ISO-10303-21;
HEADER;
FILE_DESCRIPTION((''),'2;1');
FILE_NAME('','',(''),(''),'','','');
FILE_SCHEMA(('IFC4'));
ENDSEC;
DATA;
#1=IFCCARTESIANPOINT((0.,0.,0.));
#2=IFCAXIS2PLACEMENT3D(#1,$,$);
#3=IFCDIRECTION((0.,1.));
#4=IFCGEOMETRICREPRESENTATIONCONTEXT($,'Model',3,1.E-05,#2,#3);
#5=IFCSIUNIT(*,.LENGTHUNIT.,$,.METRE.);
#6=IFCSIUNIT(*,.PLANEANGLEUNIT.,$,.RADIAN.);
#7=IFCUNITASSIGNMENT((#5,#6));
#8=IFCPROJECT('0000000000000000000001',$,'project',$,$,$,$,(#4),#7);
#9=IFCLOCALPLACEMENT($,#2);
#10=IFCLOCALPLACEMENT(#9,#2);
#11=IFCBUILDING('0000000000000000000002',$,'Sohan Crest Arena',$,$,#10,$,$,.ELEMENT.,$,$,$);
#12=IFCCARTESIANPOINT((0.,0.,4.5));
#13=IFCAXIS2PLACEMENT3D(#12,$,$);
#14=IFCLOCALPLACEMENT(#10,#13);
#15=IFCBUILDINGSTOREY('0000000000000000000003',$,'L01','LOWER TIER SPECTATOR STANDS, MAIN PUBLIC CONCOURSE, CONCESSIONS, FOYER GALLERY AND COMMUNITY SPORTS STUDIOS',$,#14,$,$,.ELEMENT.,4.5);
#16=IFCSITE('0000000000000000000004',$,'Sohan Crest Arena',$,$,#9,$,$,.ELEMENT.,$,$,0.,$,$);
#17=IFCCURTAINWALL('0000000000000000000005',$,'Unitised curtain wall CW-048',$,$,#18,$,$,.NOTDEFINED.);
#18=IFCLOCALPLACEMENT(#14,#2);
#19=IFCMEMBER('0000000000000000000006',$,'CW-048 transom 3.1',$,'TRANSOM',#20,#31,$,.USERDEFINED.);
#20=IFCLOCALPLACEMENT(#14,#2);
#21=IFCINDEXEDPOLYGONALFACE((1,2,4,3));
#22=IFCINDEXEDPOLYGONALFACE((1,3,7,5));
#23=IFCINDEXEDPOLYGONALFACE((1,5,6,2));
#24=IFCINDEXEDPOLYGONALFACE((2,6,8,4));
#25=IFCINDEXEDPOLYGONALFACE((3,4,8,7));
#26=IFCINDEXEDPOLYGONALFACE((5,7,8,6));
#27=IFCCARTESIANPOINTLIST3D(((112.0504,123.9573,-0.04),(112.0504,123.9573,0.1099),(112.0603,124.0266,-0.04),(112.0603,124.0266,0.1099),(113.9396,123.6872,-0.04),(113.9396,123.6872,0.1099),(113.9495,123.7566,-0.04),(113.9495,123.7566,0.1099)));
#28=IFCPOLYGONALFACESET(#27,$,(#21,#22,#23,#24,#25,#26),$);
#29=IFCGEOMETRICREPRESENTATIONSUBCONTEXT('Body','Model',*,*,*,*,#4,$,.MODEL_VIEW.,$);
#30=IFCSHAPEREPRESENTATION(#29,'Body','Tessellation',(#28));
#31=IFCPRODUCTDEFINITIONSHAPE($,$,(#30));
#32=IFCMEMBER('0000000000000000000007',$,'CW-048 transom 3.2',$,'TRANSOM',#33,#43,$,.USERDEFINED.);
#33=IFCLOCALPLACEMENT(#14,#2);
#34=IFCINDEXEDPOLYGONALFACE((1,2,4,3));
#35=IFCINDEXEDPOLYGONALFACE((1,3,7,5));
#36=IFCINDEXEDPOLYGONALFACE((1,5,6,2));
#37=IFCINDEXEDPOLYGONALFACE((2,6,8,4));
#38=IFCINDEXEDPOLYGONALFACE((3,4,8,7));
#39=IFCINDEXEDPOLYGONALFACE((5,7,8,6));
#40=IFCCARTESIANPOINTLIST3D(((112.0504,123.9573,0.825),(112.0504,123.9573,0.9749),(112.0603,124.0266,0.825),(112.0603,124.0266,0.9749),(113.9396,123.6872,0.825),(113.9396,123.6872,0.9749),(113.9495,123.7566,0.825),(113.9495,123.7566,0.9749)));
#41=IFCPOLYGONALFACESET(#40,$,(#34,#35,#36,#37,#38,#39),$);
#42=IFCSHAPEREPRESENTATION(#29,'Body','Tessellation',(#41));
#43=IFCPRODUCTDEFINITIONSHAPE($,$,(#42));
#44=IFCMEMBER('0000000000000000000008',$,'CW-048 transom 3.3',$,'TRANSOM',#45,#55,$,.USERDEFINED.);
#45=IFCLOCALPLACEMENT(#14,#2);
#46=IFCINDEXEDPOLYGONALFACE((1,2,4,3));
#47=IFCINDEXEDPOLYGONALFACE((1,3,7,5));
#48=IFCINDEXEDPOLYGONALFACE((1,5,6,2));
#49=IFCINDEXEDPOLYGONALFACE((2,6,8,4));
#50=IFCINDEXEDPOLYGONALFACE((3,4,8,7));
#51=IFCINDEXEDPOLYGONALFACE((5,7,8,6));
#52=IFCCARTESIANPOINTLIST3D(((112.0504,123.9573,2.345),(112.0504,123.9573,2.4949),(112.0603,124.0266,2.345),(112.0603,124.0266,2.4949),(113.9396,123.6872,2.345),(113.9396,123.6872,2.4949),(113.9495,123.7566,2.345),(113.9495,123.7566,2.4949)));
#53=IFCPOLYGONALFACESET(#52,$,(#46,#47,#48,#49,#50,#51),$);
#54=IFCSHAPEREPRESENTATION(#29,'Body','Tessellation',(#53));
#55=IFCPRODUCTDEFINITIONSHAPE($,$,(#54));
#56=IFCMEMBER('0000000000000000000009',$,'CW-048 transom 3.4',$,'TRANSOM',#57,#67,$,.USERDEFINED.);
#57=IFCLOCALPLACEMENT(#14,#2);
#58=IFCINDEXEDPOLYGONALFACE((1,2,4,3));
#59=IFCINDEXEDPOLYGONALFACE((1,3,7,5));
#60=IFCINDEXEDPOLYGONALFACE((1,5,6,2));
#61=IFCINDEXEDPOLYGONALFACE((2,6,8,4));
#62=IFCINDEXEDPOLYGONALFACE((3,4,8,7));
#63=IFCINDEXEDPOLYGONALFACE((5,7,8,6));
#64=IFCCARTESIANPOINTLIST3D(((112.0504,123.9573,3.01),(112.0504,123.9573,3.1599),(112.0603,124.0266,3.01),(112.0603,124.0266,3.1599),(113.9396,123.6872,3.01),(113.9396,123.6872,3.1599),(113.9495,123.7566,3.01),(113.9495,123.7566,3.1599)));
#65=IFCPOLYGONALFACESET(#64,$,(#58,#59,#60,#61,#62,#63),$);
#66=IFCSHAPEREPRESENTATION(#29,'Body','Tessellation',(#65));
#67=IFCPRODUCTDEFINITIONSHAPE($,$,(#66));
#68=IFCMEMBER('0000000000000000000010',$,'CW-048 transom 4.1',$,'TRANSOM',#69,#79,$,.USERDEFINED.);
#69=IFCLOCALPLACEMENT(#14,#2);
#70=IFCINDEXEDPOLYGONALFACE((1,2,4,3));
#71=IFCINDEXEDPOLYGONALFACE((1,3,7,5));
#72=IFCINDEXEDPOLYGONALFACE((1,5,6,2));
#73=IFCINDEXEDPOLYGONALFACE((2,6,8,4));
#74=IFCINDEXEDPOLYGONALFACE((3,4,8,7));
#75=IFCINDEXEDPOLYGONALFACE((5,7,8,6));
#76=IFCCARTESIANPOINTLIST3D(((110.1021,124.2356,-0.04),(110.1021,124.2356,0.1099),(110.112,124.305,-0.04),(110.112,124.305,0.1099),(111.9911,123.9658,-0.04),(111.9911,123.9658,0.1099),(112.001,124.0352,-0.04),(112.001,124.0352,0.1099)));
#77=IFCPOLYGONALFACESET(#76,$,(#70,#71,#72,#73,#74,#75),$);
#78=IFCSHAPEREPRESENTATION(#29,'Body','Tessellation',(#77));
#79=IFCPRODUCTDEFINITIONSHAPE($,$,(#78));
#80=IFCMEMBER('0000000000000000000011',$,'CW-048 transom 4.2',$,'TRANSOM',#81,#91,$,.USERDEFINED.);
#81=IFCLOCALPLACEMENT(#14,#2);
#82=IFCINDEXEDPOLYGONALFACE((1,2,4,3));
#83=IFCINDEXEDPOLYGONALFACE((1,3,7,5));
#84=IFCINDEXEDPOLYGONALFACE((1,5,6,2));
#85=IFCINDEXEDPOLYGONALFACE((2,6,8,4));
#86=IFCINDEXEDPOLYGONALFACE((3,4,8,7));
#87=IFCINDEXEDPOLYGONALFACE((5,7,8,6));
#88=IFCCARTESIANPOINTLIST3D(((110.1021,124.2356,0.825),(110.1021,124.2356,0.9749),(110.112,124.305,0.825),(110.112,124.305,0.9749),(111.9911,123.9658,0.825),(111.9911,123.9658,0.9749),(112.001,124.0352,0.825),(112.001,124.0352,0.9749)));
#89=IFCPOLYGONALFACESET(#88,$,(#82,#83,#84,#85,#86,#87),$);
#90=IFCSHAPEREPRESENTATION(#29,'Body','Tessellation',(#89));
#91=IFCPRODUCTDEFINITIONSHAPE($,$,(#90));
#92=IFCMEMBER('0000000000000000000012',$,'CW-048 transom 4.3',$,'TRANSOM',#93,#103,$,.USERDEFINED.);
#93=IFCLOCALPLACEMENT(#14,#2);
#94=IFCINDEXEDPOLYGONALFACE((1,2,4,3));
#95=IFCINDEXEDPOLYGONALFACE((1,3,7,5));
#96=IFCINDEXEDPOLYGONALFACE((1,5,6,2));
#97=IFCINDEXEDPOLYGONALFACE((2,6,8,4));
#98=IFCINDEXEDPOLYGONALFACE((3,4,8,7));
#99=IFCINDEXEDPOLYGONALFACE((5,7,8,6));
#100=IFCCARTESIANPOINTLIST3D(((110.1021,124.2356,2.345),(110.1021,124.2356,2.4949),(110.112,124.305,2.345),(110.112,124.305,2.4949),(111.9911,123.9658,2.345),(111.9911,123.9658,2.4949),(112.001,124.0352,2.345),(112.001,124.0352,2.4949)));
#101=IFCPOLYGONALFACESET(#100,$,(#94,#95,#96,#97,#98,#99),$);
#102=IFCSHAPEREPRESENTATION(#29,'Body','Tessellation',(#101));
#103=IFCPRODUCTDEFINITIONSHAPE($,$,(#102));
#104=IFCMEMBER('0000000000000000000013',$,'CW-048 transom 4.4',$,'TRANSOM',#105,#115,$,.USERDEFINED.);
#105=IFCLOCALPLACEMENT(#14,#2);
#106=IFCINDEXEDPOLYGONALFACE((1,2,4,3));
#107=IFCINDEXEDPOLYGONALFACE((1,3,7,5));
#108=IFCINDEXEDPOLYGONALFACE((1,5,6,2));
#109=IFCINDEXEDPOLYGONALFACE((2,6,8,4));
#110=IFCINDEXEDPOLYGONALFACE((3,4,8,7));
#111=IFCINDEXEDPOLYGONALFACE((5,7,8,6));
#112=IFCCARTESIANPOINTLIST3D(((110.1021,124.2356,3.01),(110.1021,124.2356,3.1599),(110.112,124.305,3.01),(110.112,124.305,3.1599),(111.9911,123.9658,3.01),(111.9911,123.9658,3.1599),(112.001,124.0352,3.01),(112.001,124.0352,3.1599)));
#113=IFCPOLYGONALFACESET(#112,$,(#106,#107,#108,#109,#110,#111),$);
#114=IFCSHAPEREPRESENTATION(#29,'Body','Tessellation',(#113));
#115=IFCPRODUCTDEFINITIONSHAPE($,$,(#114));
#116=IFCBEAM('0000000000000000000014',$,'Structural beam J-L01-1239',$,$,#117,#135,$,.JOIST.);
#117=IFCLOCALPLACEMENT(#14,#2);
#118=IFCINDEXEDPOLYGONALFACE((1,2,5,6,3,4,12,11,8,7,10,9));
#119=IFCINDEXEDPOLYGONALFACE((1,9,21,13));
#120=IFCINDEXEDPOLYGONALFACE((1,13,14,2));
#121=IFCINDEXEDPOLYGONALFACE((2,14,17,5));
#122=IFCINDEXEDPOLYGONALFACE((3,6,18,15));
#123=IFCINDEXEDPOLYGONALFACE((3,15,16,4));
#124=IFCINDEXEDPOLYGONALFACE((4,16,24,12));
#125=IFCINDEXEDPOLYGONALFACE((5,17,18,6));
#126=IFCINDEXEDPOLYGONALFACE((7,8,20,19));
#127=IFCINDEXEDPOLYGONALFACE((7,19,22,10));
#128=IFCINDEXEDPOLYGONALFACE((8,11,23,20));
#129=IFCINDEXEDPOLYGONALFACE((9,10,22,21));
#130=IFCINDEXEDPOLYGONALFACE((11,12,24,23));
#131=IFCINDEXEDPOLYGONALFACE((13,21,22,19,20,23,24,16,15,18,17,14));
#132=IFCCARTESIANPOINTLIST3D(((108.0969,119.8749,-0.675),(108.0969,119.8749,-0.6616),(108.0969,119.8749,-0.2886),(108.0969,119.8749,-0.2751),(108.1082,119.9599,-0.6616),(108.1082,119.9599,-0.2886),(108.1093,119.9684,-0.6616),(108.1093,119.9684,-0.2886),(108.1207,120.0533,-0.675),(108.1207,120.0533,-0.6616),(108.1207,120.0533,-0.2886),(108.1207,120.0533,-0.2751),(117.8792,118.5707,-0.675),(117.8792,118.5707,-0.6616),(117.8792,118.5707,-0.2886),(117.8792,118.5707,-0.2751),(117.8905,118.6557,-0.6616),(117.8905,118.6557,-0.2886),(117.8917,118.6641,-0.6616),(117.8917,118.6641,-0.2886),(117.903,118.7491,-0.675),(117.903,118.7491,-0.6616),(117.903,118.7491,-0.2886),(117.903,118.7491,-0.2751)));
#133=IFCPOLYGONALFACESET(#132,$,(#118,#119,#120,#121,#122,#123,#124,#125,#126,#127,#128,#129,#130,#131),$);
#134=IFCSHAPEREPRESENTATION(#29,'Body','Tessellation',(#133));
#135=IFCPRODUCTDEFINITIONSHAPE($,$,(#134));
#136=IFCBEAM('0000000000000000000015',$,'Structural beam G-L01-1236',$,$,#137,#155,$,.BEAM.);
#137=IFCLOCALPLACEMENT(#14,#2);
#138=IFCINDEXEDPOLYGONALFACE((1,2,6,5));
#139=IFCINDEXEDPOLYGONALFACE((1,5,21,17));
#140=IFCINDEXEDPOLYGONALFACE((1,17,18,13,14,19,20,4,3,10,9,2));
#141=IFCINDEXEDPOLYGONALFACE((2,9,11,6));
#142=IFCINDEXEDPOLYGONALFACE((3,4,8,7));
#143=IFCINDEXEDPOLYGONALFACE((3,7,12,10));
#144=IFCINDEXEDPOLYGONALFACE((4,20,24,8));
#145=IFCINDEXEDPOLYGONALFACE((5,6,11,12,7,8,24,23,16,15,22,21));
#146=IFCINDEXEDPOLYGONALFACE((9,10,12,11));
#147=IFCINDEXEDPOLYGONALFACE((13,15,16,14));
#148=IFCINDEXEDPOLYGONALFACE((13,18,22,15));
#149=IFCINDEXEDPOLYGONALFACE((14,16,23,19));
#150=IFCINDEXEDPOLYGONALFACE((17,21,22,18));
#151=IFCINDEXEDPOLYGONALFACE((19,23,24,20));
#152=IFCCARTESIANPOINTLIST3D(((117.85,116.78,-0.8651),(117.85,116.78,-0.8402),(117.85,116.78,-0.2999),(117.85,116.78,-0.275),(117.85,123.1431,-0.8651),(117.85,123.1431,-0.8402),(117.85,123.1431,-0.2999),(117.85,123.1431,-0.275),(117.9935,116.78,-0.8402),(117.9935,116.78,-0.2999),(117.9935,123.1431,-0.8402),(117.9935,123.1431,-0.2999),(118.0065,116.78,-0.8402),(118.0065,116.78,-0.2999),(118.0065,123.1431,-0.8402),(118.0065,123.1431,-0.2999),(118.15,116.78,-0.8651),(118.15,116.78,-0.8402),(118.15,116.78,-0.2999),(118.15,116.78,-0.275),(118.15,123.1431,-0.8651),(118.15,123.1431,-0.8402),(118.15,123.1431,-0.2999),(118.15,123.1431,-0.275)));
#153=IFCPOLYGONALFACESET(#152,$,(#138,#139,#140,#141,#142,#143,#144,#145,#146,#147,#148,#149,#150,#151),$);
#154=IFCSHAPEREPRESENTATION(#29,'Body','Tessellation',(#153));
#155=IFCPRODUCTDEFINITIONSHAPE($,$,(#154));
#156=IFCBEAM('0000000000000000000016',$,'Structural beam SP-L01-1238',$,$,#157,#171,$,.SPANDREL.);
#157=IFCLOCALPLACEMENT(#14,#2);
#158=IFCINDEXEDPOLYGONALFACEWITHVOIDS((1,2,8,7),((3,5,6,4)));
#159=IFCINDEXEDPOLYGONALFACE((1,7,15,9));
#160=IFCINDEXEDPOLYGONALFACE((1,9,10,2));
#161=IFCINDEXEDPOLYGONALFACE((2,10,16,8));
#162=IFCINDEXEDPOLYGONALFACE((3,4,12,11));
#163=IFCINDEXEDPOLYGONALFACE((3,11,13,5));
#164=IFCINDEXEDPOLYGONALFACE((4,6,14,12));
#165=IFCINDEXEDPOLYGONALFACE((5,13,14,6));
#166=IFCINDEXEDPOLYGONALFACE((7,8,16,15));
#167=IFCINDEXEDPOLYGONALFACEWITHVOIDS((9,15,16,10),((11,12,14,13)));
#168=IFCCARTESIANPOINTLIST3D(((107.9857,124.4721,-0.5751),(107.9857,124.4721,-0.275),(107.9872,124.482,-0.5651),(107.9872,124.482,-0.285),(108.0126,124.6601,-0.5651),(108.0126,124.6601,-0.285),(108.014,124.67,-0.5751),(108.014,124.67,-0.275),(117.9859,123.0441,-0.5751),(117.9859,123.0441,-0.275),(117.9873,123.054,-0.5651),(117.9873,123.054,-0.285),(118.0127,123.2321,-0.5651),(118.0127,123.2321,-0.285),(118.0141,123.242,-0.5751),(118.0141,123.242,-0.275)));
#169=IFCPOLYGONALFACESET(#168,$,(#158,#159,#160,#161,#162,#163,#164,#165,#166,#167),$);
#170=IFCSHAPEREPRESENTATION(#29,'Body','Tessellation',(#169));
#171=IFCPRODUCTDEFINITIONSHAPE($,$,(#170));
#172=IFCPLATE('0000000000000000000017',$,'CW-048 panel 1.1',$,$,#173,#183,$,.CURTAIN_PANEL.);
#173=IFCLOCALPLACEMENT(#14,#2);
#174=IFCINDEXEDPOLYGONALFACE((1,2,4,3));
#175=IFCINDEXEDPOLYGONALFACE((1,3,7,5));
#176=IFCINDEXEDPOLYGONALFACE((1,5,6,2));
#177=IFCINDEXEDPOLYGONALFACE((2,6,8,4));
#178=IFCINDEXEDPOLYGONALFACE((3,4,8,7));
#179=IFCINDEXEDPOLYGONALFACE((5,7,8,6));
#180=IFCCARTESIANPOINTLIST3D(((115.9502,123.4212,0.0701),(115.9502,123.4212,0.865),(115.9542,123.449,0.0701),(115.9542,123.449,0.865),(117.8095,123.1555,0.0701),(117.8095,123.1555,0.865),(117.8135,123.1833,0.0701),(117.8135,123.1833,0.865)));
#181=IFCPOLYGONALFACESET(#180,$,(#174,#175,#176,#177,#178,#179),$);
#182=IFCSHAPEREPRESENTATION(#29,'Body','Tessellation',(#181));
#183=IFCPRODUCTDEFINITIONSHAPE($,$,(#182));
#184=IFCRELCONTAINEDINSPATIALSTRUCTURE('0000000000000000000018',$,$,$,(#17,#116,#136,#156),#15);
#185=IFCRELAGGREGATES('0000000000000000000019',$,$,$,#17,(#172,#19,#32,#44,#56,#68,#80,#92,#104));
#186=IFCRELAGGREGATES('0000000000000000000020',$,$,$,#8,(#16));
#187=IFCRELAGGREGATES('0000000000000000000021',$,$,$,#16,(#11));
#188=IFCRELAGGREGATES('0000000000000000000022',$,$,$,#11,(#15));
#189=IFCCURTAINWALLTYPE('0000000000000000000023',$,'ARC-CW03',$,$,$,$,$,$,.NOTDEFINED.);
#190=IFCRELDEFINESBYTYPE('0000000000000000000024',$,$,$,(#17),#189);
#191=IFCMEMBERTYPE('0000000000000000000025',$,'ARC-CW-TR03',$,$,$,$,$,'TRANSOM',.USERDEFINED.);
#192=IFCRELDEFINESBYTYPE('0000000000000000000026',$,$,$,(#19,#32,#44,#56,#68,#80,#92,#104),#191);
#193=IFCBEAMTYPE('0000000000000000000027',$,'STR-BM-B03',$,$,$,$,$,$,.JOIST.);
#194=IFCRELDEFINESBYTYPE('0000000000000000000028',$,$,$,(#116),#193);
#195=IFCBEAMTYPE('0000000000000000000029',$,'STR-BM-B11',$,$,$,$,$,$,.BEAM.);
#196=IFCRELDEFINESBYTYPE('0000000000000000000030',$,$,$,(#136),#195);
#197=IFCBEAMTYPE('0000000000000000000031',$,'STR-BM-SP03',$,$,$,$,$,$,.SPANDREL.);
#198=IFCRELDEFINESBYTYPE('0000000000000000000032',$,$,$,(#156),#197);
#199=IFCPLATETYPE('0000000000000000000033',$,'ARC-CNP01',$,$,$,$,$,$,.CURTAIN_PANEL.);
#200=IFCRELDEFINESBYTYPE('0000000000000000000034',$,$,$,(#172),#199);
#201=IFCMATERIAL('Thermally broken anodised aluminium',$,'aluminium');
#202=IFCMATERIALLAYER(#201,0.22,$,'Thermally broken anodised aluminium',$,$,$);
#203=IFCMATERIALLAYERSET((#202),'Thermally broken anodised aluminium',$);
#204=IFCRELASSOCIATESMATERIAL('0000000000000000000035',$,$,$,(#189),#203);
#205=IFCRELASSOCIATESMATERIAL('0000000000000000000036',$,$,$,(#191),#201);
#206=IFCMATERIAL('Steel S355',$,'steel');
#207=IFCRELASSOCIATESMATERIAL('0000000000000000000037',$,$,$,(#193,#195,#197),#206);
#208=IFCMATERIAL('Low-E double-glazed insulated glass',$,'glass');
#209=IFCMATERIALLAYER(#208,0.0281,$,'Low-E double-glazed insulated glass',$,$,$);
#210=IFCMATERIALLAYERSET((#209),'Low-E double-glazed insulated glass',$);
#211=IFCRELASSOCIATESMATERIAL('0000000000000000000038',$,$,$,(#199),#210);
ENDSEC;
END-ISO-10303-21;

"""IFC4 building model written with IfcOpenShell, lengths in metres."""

from ifc_helpers import new_model, si_unit, direction, frame, origin, origin_2d, place, context, subcontext, project, spatial, rectangle, hollow_rectangle, i_section, extrude, material, layer, layer_set, material_profile, profile_set, type_object, element, aggregate, save


model = new_model("IFC4")

# Units and contexts
model_context = context("Model", 3, precision=1e-05, world=origin(), true_north=direction((0.0, 1.0)))
body_context = subcontext(model_context, "Body", "Model", "MODEL_VIEW")
ifc_project = project(units=[si_unit("LENGTHUNIT", "METRE"), si_unit("PLANEANGLEUNIT", "RADIAN")], contexts=[model_context])

# Site, building, storey
site_placement = place(None, origin())
site = spatial("IfcSite", under=ifc_project, at=site_placement, Name="Sohan Crest Arena", CompositionType="ELEMENT", RefElevation=0.0)
building_placement = place(site_placement, origin())
building = spatial("IfcBuilding", under=site, at=building_placement, Name="Sohan Crest Arena", CompositionType="ELEMENT")
storey_placement = place(building_placement, frame((0.0, 0.0, 4.5)))
storey = spatial("IfcBuildingStorey", under=building, at=storey_placement, Name="L01", Description="LOWER TIER SPECTATOR STANDS, MAIN PUBLIC CONCOURSE, CONCESSIONS, FOYER GALLERY AND COMMUNITY SPORTS STUDIOS", CompositionType="ELEMENT", Elevation=4.5)

# Shared definitions
ifc_material_1 = material(Name="Steel S355", Category="steel")

# Curtain wall, members
ifc_material_2 = material(Name="Thermally broken anodised aluminium", Category="aluminium")
ifc_layer_1 = layer(ifc_material_2, 0.22, Name="Thermally broken anodised aluminium")
ifc_layer_set_1 = layer_set([ifc_layer_1], Name="Thermally broken anodised aluminium")
curtain_wall_type = type_object("IfcCurtainWallType", Name="ARC-CW03", PredefinedType="NOTDEFINED", material=ifc_layer_set_1)
curtain_wall_placement = place(storey_placement, origin())
curtain_wall = element("IfcCurtainWall", 1, at=curtain_wall_placement, inside=storey, type_object=curtain_wall_type, Name="Unitised curtain wall CW-048", PredefinedType="NOTDEFINED")
ifc_material_profile_1 = material_profile(ifc_material_2, rectangle(XDim=0.0701, YDim=0.1499, at=origin_2d()), Name="ALU-TRAN 70x150")
ifc_profile_set_1 = profile_set([ifc_material_profile_1], Name="Thermally broken anodised aluminium")
member_type_1 = type_object("IfcMemberType", Name="ARC-CW-TR03", ElementType="TRANSOM", PredefinedType="USERDEFINED", material=ifc_profile_set_1)
member_1_placement = place(storey_placement, frame((113.9446, 123.7219, 0.0349), z_axis=(-0.989939, 0.141493, 0.0), x_axis=(-0.141493, -0.989939, 0.0)))
member_1 = element("IfcMember", 2, at=member_1_placement, type_object=member_type_1, Name="CW-048 transom 3.1", ObjectType="TRANSOM", PredefinedType="USERDEFINED", context=body_context, shape_type="SweptSolid", body=[
    extrude(rectangle(XDim=0.0701, YDim=0.1499, at=origin_2d()), origin(), (0.0, 0.0, 1.0), 1.9084),
])
member_2_placement = place(storey_placement, frame((113.9446, 123.7219, 0.8999), z_axis=(-0.989939, 0.141493, 0.0), x_axis=(-0.141493, -0.989939, 0.0)))
member_2 = element("IfcMember", 3, at=member_2_placement, type_object=member_type_1, Name="CW-048 transom 3.2", ObjectType="TRANSOM", PredefinedType="USERDEFINED", context=body_context, shape_type="SweptSolid", body=[
    extrude(rectangle(XDim=0.0701, YDim=0.1499, at=origin_2d()), origin(), (0.0, 0.0, 1.0), 1.9084),
])
member_3_placement = place(storey_placement, frame((113.9446, 123.7219, 2.4199), z_axis=(-0.989939, 0.141493, 0.0), x_axis=(-0.141493, -0.989939, 0.0)))
member_3 = element("IfcMember", 4, at=member_3_placement, type_object=member_type_1, Name="CW-048 transom 3.3", ObjectType="TRANSOM", PredefinedType="USERDEFINED", context=body_context, shape_type="SweptSolid", body=[
    extrude(rectangle(XDim=0.0701, YDim=0.1499, at=origin_2d()), origin(), (0.0, 0.0, 1.0), 1.9084),
])
member_4_placement = place(storey_placement, frame((113.9446, 123.7219, 3.085), z_axis=(-0.989939, 0.141493, 0.0), x_axis=(-0.141493, -0.989939, 0.0)))
member_4 = element("IfcMember", 5, at=member_4_placement, type_object=member_type_1, Name="CW-048 transom 3.4", ObjectType="TRANSOM", PredefinedType="USERDEFINED", context=body_context, shape_type="SweptSolid", body=[
    extrude(rectangle(XDim=0.0701, YDim=0.1499, at=origin_2d()), origin(), (0.0, 0.0, 1.0), 1.9084),
])
member_5_placement = place(storey_placement, frame((111.9961, 124.0005, 0.0349), z_axis=(-0.989955, 0.141386, 0.0), x_axis=(-0.141386, -0.989955, 0.0)))
member_5 = element("IfcMember", 6, at=member_5_placement, type_object=member_type_1, Name="CW-048 transom 4.1", ObjectType="TRANSOM", PredefinedType="USERDEFINED", context=body_context, shape_type="SweptSolid", body=[
    extrude(rectangle(XDim=0.0701, YDim=0.1499, at=origin_2d()), origin(), (0.0, 0.0, 1.0), 1.9082),
])
member_6_placement = place(storey_placement, frame((111.9961, 124.0005, 0.8999), z_axis=(-0.989955, 0.141386, 0.0), x_axis=(-0.141386, -0.989955, 0.0)))
member_6 = element("IfcMember", 7, at=member_6_placement, type_object=member_type_1, Name="CW-048 transom 4.2", ObjectType="TRANSOM", PredefinedType="USERDEFINED", context=body_context, shape_type="SweptSolid", body=[
    extrude(rectangle(XDim=0.0701, YDim=0.1499, at=origin_2d()), origin(), (0.0, 0.0, 1.0), 1.9082),
])
member_7_placement = place(storey_placement, frame((111.9961, 124.0005, 2.4199), z_axis=(-0.989955, 0.141386, 0.0), x_axis=(-0.141386, -0.989955, 0.0)))
member_7 = element("IfcMember", 8, at=member_7_placement, type_object=member_type_1, Name="CW-048 transom 4.3", ObjectType="TRANSOM", PredefinedType="USERDEFINED", context=body_context, shape_type="SweptSolid", body=[
    extrude(rectangle(XDim=0.0701, YDim=0.1499, at=origin_2d()), origin(), (0.0, 0.0, 1.0), 1.9082),
])
member_8_placement = place(storey_placement, frame((111.9961, 124.0005, 3.085), z_axis=(-0.989955, 0.141386, 0.0), x_axis=(-0.141386, -0.989955, 0.0)))
member_8 = element("IfcMember", 9, at=member_8_placement, type_object=member_type_1, Name="CW-048 transom 4.4", ObjectType="TRANSOM", PredefinedType="USERDEFINED", context=body_context, shape_type="SweptSolid", body=[
    extrude(rectangle(XDim=0.0701, YDim=0.1499, at=origin_2d()), origin(), (0.0, 0.0, 1.0), 1.9082),
])

# Beams
ifc_material_profile_2 = material_profile(ifc_material_1, i_section(OverallWidth=0.1799, OverallDepth=0.3999, WebThickness=0.0085, FlangeThickness=0.0134, at=origin_2d()), Name="IPE 400")
ifc_profile_set_2 = profile_set([ifc_material_profile_2], Name="Steel S355")
beam_type_1 = type_object("IfcBeamType", Name="STR-BM-B03", PredefinedType="JOIST", material=ifc_profile_set_2)
beam_1_placement = place(storey_placement, frame((117.8911, 118.6599, -0.4751), z_axis=(-0.991229, 0.132154, 0.0), x_axis=(-0.132154, -0.991229, 0.0)))
element("IfcBeam", 10, at=beam_1_placement, inside=storey, type_object=beam_type_1, Name="Structural beam J-L01-1239", PredefinedType="JOIST", context=body_context, shape_type="SweptSolid", body=[
    extrude(i_section(OverallWidth=0.1799, OverallDepth=0.3999, WebThickness=0.0085, FlangeThickness=0.0134, at=origin_2d()), origin(), (0.0, 0.0, 1.0), 9.8689),
])
ifc_material_profile_3 = material_profile(ifc_material_1, i_section(OverallWidth=0.3, OverallDepth=0.5901, WebThickness=0.0129, FlangeThickness=0.0249, at=origin_2d()), Name="HEA 600")
ifc_profile_set_3 = profile_set([ifc_material_profile_3], Name="Steel S355")
beam_type_2 = type_object("IfcBeamType", Name="STR-BM-B11", PredefinedType="BEAM", material=ifc_profile_set_3)
beam_2_placement = place(storey_placement, frame((118.0, 116.78, -0.5701), z_axis=(0.0, 1.0, 0.0), x_axis=(-1.0, 0.0, 0.0)))
element("IfcBeam", 11, at=beam_2_placement, inside=storey, type_object=beam_type_2, Name="Structural beam G-L01-1236", PredefinedType="BEAM", context=body_context, shape_type="SweptSolid", body=[
    extrude(i_section(OverallWidth=0.3, OverallDepth=0.5901, WebThickness=0.0129, FlangeThickness=0.0249, at=origin_2d()), origin(), (0.0, 0.0, 1.0), 6.363),
])
ifc_material_profile_4 = material_profile(ifc_material_1, hollow_rectangle(XDim=0.2, YDim=0.3, WallThickness=0.01, at=origin_2d()), Name="RHS 300x200x10")
ifc_profile_set_4 = profile_set([ifc_material_profile_4], Name="Steel S355")
beam_type_3 = type_object("IfcBeamType", Name="STR-BM-SP03", PredefinedType="SPANDREL", material=ifc_profile_set_4)
beam_3_placement = place(storey_placement, frame((118.0, 123.1431, -0.425), z_axis=(-0.989958, 0.141364, 0.0), x_axis=(-0.141364, -0.989958, 0.0)))
element("IfcBeam", 12, at=beam_3_placement, inside=storey, type_object=beam_type_3, Name="Structural beam SP-L01-1238", PredefinedType="SPANDREL", context=body_context, shape_type="SweptSolid", body=[
    extrude(hollow_rectangle(XDim=0.2, YDim=0.3, WallThickness=0.01, at=origin_2d()), origin(), (0.0, 0.0, 1.0), 10.1016),
])

# Plate
ifc_material_3 = material(Name="Low-E double-glazed insulated glass", Category="glass")
ifc_layer_2 = layer(ifc_material_3, 0.0281, Name="Low-E double-glazed insulated glass")
ifc_layer_set_2 = layer_set([ifc_layer_2], Name="Low-E double-glazed insulated glass")
plate_type = type_object("IfcPlateType", Name="ARC-CNP01", PredefinedType="CURTAIN_PANEL", material=ifc_layer_set_2)
plate_1_placement = place(storey_placement, frame((116.8818, 123.3022, 0.0701), z_axis=(0.0, 0.0, 1.0), x_axis=(-0.989945, 0.14145, 0.0)))
plate_1 = element("IfcPlate", 13, at=plate_1_placement, type_object=plate_type, Name="CW-048 panel 1.1", PredefinedType="CURTAIN_PANEL", context=body_context, shape_type="SweptSolid", body=[
    extrude(rectangle(XDim=1.8782, YDim=0.0281, at=origin_2d()), origin(), (0.0, 0.0, 1.0), 0.7949),
])
aggregate(curtain_wall, [plate_1, member_1, member_2, member_3, member_4, member_5, member_6, member_7, member_8])

save(model, "model.ifc")
